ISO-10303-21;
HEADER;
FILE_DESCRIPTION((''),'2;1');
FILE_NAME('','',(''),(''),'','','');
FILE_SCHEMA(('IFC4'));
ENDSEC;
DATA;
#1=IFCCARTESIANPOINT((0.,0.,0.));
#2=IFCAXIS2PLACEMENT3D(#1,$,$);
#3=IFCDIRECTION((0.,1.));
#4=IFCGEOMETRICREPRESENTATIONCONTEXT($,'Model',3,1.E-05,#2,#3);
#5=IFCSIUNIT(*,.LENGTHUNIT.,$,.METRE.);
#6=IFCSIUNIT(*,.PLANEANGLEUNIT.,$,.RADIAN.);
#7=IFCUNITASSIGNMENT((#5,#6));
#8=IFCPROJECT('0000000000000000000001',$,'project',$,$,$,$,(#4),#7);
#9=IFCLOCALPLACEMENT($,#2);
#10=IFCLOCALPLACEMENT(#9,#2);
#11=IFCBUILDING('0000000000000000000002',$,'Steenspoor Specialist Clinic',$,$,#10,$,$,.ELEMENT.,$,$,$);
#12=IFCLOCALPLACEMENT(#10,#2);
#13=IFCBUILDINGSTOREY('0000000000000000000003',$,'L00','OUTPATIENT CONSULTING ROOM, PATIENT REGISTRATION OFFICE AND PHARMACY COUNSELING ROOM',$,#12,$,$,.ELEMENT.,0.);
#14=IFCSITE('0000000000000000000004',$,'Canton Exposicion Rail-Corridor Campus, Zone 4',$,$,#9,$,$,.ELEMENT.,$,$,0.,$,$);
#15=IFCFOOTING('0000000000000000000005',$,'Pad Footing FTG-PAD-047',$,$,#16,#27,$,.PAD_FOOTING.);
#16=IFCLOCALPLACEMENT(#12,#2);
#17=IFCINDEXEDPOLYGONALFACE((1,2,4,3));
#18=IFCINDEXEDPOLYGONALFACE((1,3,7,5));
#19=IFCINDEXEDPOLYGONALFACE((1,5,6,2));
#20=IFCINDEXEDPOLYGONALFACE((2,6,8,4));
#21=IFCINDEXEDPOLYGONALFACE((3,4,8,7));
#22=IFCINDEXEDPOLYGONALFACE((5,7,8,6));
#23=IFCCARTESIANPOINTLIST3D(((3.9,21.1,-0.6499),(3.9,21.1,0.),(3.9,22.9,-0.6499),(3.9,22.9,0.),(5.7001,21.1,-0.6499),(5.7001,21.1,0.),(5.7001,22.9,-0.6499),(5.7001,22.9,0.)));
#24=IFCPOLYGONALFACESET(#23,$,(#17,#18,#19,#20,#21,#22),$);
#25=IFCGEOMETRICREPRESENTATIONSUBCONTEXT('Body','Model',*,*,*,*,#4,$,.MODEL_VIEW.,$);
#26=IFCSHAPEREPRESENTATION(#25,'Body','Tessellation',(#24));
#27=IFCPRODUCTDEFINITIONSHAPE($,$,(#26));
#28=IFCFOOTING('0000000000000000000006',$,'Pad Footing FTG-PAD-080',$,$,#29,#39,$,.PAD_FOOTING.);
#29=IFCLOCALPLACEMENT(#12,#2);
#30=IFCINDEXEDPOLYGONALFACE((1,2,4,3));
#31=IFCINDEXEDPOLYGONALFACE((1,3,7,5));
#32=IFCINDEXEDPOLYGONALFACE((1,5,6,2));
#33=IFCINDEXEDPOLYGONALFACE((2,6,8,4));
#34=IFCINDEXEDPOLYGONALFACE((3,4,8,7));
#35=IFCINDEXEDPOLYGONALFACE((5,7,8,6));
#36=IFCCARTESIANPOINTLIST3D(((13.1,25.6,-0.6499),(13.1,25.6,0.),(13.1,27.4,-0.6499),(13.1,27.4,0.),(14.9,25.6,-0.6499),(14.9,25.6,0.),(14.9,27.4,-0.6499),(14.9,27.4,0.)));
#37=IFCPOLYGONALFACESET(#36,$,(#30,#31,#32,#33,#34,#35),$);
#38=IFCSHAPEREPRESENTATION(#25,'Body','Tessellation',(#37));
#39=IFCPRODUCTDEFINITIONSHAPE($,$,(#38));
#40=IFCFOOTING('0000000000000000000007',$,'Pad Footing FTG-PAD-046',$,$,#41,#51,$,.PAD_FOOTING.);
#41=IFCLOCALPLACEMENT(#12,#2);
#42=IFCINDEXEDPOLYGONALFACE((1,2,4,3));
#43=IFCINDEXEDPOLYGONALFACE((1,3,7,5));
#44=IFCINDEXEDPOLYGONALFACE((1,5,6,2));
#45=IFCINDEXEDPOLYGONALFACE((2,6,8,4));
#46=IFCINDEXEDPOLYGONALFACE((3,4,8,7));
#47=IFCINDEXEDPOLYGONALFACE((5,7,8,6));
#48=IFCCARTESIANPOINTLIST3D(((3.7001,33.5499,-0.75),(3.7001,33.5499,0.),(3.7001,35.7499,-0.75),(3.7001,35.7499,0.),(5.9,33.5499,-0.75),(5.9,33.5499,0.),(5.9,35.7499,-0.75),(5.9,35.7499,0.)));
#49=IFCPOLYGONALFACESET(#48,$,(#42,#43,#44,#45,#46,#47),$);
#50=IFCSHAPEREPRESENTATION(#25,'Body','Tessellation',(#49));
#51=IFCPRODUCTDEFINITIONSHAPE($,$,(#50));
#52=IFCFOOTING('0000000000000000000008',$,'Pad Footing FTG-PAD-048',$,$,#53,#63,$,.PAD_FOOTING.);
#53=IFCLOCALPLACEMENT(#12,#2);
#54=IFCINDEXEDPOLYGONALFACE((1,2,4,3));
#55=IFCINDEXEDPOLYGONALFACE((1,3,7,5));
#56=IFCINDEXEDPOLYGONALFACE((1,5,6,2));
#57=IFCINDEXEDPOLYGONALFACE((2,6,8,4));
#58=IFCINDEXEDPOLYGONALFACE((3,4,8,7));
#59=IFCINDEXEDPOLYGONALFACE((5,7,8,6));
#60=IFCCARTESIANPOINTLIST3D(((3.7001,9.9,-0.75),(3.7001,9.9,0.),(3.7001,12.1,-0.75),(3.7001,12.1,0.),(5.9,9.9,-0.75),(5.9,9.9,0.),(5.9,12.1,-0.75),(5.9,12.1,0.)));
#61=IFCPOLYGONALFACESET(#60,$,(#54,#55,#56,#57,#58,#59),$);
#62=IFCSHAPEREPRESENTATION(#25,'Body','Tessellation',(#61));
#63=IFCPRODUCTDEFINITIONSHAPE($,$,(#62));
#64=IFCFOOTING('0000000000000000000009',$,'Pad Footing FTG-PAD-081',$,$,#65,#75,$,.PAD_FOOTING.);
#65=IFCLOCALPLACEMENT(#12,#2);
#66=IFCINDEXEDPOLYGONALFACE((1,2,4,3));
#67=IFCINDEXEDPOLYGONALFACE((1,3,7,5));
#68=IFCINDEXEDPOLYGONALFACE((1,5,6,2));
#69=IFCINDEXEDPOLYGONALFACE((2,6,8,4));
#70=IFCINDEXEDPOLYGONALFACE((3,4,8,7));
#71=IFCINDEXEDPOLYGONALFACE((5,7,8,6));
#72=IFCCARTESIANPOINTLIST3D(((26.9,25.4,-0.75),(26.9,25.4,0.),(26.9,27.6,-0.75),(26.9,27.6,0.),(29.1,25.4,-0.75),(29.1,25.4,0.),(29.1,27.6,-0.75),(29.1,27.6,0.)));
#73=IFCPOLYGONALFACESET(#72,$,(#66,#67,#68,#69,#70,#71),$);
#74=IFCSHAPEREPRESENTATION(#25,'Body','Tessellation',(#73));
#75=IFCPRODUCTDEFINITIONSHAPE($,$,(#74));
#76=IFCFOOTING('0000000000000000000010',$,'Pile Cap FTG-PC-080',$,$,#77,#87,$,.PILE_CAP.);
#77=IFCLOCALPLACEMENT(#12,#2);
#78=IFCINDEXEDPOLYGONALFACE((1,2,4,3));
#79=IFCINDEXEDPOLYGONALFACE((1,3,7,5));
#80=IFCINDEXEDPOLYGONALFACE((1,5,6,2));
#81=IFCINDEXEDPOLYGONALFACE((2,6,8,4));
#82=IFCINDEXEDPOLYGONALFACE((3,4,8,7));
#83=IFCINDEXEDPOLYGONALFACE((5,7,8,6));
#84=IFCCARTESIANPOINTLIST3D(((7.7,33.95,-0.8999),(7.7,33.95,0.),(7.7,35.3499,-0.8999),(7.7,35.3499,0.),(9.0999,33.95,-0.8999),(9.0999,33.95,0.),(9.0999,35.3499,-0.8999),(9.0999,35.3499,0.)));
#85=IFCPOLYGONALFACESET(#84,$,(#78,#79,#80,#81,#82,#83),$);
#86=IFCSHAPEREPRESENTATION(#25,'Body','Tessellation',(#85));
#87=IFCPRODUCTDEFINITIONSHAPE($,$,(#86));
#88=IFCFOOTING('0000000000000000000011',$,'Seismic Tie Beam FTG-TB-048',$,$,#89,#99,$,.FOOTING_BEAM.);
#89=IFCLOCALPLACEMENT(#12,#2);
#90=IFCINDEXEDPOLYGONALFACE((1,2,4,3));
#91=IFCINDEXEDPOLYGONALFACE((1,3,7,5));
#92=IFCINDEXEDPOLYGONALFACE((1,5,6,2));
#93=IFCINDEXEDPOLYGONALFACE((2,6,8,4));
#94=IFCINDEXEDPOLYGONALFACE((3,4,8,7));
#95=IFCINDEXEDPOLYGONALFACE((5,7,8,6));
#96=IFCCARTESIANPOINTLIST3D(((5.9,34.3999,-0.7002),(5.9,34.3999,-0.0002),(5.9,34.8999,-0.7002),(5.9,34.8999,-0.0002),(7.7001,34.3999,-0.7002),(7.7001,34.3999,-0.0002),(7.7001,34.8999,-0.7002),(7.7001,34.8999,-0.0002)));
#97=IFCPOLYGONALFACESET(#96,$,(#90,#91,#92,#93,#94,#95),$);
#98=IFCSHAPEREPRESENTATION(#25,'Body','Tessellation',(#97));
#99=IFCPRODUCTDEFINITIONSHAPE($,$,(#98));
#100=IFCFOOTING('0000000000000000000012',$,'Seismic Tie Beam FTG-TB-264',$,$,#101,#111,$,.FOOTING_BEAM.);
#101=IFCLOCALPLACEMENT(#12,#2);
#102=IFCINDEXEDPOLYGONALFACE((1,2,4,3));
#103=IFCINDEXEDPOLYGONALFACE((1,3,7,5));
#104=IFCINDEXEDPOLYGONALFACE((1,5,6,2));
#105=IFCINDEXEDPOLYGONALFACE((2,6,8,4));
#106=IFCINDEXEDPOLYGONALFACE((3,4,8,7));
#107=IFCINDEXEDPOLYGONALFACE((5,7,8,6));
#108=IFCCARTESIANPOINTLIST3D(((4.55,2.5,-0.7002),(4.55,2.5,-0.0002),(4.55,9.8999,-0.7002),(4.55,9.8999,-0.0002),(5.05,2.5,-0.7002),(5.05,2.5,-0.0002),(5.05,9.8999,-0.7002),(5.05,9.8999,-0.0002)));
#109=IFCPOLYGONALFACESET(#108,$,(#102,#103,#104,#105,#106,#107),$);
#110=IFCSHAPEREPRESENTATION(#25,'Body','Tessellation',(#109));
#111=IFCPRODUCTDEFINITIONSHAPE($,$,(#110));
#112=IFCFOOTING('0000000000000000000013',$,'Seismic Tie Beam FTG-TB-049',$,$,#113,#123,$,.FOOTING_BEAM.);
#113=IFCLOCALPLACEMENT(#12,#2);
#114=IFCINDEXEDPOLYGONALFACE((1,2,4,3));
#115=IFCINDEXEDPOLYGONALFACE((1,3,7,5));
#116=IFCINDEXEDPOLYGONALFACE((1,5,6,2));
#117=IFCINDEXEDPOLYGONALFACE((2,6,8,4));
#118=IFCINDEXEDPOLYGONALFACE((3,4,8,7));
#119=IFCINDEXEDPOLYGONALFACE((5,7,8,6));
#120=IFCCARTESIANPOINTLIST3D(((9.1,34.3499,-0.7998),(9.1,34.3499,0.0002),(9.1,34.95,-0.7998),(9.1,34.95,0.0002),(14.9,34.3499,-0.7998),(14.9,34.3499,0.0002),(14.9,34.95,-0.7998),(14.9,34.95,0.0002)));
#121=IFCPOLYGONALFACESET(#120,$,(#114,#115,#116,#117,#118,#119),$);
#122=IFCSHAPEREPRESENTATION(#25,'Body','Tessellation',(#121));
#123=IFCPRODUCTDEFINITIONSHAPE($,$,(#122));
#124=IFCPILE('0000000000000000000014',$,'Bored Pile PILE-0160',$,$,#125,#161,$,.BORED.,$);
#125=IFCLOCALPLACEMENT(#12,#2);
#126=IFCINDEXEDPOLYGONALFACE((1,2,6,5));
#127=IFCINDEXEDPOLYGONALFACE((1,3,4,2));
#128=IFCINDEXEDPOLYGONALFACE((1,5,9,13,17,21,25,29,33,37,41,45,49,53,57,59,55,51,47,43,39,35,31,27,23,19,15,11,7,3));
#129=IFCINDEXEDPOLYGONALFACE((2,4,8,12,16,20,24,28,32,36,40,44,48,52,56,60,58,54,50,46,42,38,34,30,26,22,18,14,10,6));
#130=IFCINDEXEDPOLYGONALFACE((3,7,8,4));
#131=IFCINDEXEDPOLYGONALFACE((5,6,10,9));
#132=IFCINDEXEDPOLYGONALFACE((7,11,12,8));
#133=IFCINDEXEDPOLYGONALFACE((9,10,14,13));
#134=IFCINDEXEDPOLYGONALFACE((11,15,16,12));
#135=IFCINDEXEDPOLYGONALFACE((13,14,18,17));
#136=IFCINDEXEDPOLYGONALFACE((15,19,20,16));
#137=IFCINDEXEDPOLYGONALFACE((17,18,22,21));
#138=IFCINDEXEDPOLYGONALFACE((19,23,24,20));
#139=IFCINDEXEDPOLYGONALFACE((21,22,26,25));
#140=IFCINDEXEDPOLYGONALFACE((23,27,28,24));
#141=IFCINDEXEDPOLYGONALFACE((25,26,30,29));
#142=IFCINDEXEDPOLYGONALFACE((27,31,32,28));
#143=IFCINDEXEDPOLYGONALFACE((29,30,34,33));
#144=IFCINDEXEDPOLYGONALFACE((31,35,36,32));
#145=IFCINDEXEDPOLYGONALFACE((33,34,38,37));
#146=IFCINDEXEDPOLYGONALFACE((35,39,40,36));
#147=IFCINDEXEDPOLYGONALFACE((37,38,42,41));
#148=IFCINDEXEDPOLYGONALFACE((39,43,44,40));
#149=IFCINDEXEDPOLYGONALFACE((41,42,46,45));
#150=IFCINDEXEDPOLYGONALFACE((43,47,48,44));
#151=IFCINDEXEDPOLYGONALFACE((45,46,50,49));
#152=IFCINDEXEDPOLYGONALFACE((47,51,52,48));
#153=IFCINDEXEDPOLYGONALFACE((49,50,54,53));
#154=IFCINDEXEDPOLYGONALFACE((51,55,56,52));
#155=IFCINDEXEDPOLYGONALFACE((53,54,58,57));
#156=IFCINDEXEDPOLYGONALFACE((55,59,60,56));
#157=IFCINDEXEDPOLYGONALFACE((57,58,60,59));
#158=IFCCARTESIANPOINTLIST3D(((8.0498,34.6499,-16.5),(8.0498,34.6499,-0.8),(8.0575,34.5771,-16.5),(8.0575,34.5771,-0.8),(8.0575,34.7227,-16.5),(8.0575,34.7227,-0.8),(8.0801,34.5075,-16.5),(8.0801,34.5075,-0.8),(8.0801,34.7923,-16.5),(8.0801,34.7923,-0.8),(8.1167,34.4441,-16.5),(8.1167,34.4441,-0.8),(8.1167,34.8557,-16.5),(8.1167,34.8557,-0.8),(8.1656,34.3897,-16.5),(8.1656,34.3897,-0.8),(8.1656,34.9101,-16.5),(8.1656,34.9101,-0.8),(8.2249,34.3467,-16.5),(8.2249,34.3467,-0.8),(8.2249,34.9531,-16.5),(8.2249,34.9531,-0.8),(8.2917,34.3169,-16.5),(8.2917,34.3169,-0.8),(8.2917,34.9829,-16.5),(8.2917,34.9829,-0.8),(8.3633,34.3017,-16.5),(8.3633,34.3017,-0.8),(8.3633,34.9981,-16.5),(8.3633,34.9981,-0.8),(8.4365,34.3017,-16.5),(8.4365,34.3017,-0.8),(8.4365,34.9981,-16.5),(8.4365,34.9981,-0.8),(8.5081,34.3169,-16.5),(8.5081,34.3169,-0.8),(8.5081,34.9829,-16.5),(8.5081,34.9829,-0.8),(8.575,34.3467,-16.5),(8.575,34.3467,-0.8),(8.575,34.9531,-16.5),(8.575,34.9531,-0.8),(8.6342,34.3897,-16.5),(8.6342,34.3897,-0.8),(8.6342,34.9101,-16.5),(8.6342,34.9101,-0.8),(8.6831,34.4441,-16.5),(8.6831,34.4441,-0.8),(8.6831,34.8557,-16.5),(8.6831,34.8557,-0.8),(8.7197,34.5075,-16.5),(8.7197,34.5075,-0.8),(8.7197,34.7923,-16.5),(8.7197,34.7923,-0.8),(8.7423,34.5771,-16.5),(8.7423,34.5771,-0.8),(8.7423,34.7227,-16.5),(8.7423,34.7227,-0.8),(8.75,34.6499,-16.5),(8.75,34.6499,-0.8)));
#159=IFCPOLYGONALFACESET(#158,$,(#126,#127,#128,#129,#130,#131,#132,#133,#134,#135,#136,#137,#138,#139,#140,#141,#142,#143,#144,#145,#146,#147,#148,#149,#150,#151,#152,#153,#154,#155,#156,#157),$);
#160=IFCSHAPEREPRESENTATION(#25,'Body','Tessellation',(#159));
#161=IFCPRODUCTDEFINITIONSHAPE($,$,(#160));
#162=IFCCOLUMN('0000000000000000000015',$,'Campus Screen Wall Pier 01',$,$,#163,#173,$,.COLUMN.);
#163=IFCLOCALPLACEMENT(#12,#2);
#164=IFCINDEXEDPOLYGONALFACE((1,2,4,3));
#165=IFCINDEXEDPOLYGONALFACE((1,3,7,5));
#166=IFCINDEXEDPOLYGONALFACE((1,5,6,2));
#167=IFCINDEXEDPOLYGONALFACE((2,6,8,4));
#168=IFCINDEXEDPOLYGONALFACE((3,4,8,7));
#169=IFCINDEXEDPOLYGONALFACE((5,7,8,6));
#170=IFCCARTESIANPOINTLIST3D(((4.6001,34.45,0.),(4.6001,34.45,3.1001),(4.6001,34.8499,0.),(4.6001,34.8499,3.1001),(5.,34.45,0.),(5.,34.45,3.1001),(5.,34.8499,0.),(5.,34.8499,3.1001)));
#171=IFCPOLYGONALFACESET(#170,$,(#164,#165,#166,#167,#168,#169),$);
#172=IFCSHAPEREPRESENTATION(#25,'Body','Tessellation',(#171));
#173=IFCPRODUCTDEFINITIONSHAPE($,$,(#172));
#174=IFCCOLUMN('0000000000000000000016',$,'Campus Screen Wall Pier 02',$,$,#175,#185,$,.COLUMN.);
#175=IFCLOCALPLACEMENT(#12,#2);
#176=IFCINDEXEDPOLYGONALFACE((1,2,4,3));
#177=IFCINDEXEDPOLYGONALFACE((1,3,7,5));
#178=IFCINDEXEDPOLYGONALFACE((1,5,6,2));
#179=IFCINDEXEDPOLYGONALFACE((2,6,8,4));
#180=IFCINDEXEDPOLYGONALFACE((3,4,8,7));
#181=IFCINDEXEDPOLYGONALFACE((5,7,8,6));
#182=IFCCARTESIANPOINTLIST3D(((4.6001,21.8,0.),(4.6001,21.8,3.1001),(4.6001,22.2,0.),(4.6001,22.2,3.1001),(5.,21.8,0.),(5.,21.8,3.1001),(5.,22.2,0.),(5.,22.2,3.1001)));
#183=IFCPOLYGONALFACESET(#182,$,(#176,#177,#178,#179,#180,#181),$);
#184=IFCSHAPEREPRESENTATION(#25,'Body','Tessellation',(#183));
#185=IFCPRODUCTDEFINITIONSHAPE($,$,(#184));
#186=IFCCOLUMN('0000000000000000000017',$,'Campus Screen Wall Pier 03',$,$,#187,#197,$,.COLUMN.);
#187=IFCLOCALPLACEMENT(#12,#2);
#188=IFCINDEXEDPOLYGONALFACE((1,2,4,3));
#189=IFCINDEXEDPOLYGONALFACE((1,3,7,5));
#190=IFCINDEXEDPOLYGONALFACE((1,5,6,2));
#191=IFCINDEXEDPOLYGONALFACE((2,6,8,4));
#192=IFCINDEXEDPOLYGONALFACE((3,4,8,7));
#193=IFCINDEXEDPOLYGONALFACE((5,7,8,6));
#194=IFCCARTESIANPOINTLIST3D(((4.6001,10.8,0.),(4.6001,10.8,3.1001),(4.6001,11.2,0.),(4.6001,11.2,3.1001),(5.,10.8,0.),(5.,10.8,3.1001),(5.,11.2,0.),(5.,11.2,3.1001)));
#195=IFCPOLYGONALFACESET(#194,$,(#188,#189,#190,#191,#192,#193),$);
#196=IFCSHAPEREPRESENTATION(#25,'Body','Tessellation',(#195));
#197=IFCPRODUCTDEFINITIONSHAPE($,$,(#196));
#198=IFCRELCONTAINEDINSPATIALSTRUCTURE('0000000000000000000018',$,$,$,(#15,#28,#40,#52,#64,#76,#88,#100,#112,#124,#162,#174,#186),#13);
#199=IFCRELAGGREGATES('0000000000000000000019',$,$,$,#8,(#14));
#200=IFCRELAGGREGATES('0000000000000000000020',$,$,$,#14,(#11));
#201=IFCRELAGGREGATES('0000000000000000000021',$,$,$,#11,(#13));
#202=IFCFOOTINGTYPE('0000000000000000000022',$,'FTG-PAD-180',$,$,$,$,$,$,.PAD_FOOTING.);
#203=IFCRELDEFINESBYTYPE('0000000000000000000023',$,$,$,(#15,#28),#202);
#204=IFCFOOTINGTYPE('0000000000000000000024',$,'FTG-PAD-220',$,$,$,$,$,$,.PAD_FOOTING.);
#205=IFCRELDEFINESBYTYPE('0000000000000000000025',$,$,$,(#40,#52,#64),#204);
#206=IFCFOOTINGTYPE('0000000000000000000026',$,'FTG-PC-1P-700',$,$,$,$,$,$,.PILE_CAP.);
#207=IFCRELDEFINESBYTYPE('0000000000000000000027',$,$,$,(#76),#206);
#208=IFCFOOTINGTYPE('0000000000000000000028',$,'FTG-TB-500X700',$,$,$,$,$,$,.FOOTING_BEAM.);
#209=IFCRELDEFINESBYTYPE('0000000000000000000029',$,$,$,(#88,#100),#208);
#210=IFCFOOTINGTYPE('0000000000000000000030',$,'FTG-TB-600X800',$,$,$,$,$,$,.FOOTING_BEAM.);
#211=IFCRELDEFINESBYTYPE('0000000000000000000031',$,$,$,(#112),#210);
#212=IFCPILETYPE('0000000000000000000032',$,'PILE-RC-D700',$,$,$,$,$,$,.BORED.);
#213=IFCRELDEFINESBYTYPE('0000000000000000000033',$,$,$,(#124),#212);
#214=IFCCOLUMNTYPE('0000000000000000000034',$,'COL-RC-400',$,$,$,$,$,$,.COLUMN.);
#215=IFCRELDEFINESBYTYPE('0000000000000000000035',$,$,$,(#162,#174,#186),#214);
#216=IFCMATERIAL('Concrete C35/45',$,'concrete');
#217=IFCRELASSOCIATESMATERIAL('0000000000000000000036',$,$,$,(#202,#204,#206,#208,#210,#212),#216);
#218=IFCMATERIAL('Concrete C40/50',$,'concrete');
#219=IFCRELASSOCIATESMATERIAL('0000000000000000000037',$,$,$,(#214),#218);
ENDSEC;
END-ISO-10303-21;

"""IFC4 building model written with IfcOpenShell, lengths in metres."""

from ifc_helpers import new_model, si_unit, direction, frame, origin, origin_2d, place, context, subcontext, project, spatial, rectangle, circle, extrude, material, material_profile, profile_set, type_object, element, save


model = new_model("IFC4")

# Units and contexts
model_context = context("Model", 3, precision=1e-05, world=origin(), true_north=direction((0.0, 1.0)))
body_context = subcontext(model_context, "Body", "Model", "MODEL_VIEW")
ifc_project = project(units=[si_unit("LENGTHUNIT", "METRE"), si_unit("PLANEANGLEUNIT", "RADIAN")], contexts=[model_context])

# Site, building, storey
site_placement = place(None, origin())
site = spatial("IfcSite", under=ifc_project, at=site_placement, Name="Canton Exposicion Rail-Corridor Campus, Zone 4", CompositionType="ELEMENT", RefElevation=0.0)
building_placement = place(site_placement, origin())
building = spatial("IfcBuilding", under=site, at=building_placement, Name="Steenspoor Specialist Clinic", CompositionType="ELEMENT")
storey_placement = place(building_placement, origin())
storey = spatial("IfcBuildingStorey", under=building, at=storey_placement, Name="L00", Description="OUTPATIENT CONSULTING ROOM, PATIENT REGISTRATION OFFICE AND PHARMACY COUNSELING ROOM", CompositionType="ELEMENT", Elevation=0.0)

# Footings
ifc_material_1 = material(Name="Concrete C35/45", Category="concrete")
footing_type_1 = type_object("IfcFootingType", Name="FTG-PAD-180", PredefinedType="PAD_FOOTING", material=ifc_material_1)
for number, where, z_axis, x_axis, name in (
    (1, (4.8, 22.0, -0.6499), (0.0, 0.0, 1.0), (1.0, 0.0, 0.0), "Pad Footing FTG-PAD-047"),
    (2, (14.0, 26.5, -0.6499), (0.0, 0.0, 1.0), (1.0, 0.0, 0.0), "Pad Footing FTG-PAD-080"),
):
    element("IfcFooting", number, at=place(storey_placement, frame(where, z_axis=z_axis, x_axis=x_axis)), inside=storey, type_object=footing_type_1, Name=name, PredefinedType="PAD_FOOTING", context=body_context, shape_type="SweptSolid", body=[
        extrude(rectangle(XDim=1.8, YDim=1.8, at=origin_2d()), origin(), (0.0, 0.0, 1.0), 0.6499),
    ])
footing_type_2 = type_object("IfcFootingType", Name="FTG-PAD-220", PredefinedType="PAD_FOOTING", material=ifc_material_1)
for number, where, z_axis, x_axis, name in (
    (3, (4.8, 34.6499, -0.75), (0.0, 0.0, 1.0), (1.0, 0.0, 0.0), "Pad Footing FTG-PAD-046"),
    (4, (4.8, 11.0, -0.75), (0.0, 0.0, 1.0), (1.0, 0.0, 0.0), "Pad Footing FTG-PAD-048"),
    (5, (28.0, 26.5, -0.75), (0.0, 0.0, 1.0), (1.0, 0.0, 0.0), "Pad Footing FTG-PAD-081"),
):
    element("IfcFooting", number, at=place(storey_placement, frame(where, z_axis=z_axis, x_axis=x_axis)), inside=storey, type_object=footing_type_2, Name=name, PredefinedType="PAD_FOOTING", context=body_context, shape_type="SweptSolid", body=[
        extrude(rectangle(XDim=2.2, YDim=2.2, at=origin_2d()), origin(), (0.0, 0.0, 1.0), 0.75),
    ])
footing_type_3 = type_object("IfcFootingType", Name="FTG-PC-1P-700", PredefinedType="PILE_CAP", material=ifc_material_1)
footing_1_placement = place(storey_placement, frame((8.3999, 34.6499, -0.8999), z_axis=(0.0, 0.0, 1.0), x_axis=(1.0, 0.0, 0.0)))
element("IfcFooting", 6, at=footing_1_placement, inside=storey, type_object=footing_type_3, Name="Pile Cap FTG-PC-080", PredefinedType="PILE_CAP", context=body_context, shape_type="SweptSolid", body=[
    extrude(rectangle(XDim=1.3999, YDim=1.3999, at=origin_2d()), origin(), (0.0, 0.0, 1.0), 0.8999),
])
footing_type_4 = type_object("IfcFootingType", Name="FTG-TB-500X700", PredefinedType="FOOTING_BEAM", material=ifc_material_1)
footing_2_placement = place(storey_placement, frame((6.8, 34.6499, -0.7002), z_axis=(0.0, 0.0, 1.0), x_axis=(1.0, 0.0, 0.0)))
element("IfcFooting", 7, at=footing_2_placement, inside=storey, type_object=footing_type_4, Name="Seismic Tie Beam FTG-TB-048", PredefinedType="FOOTING_BEAM", context=body_context, shape_type="SweptSolid", body=[
    extrude(rectangle(XDim=1.8, YDim=0.5, at=origin_2d()), origin(), (0.0, 0.0, 1.0), 0.7),
])
footing_3_placement = place(storey_placement, frame((4.8, 6.2, -0.7002), z_axis=(0.0, 0.0, 1.0), x_axis=(1.0, 0.0, 0.0)))
element("IfcFooting", 8, at=footing_3_placement, inside=storey, type_object=footing_type_4, Name="Seismic Tie Beam FTG-TB-264", PredefinedType="FOOTING_BEAM", context=body_context, shape_type="SweptSolid", body=[
    extrude(rectangle(XDim=0.5, YDim=7.3999, at=origin_2d()), origin(), (0.0, 0.0, 1.0), 0.7),
])
footing_type_5 = type_object("IfcFootingType", Name="FTG-TB-600X800", PredefinedType="FOOTING_BEAM", material=ifc_material_1)
footing_4_placement = place(storey_placement, frame((12.0, 34.6499, -0.7998), z_axis=(0.0, 0.0, 1.0), x_axis=(1.0, 0.0, 0.0)))
element("IfcFooting", 9, at=footing_4_placement, inside=storey, type_object=footing_type_5, Name="Seismic Tie Beam FTG-TB-049", PredefinedType="FOOTING_BEAM", context=body_context, shape_type="SweptSolid", body=[
    extrude(rectangle(XDim=5.8, YDim=0.6001, at=origin_2d()), origin(), (0.0, 0.0, 1.0), 0.8),
])

# Pile
ifc_material_profile_1 = material_profile(ifc_material_1, circle(Radius=0.3501, at=origin_2d()), Name="PILE-D700")
ifc_profile_set_1 = profile_set([ifc_material_profile_1], Name="Concrete C35/45")
pile_type = type_object("IfcPileType", Name="PILE-RC-D700", PredefinedType="BORED", material=ifc_profile_set_1)
pile_placement = place(storey_placement, frame((8.3999, 34.6499, -0.8), z_axis=(0.0, 0.0, -1.0), x_axis=(1.0, 0.0, 0.0)))
element("IfcPile", 10, at=pile_placement, inside=storey, type_object=pile_type, Name="Bored Pile PILE-0160", PredefinedType="BORED", context=body_context, shape_type="SweptSolid", body=[
    extrude(circle(Radius=0.3501, at=origin_2d()), origin(), (0.0, 0.0, 1.0), 15.7),
])

# Columns
ifc_material_2 = material(Name="Concrete C40/50", Category="concrete")
ifc_material_profile_2 = material_profile(ifc_material_2, rectangle(XDim=0.3999, YDim=0.3999, at=origin_2d()), Name="RC-COL-400X400")
ifc_profile_set_2 = profile_set([ifc_material_profile_2], Name="Concrete C40/50")
column_type_1 = type_object("IfcColumnType", Name="COL-RC-400", PredefinedType="COLUMN", material=ifc_profile_set_2)
for number, where, z_axis, x_axis, name in (
    (11, (4.8, 34.6499, 0.0), (0.0, 0.0, 1.0), (1.0, 0.0, 0.0), "Campus Screen Wall Pier 01"),
    (12, (4.8, 22.0, 0.0), (0.0, 0.0, 1.0), (1.0, 0.0, 0.0), "Campus Screen Wall Pier 02"),
    (13, (4.8, 11.0, 0.0), (0.0, 0.0, 1.0), (1.0, 0.0, 0.0), "Campus Screen Wall Pier 03"),
):
    element("IfcColumn", number, at=place(storey_placement, frame(where, z_axis=z_axis, x_axis=x_axis)), inside=storey, type_object=column_type_1, Name=name, PredefinedType="COLUMN", context=body_context, shape_type="SweptSolid", body=[
        extrude(rectangle(XDim=0.3999, YDim=0.3999, at=origin_2d()), origin(), (0.0, 0.0, 1.0), 3.1001),
    ])

save(model, "model.ifc")
